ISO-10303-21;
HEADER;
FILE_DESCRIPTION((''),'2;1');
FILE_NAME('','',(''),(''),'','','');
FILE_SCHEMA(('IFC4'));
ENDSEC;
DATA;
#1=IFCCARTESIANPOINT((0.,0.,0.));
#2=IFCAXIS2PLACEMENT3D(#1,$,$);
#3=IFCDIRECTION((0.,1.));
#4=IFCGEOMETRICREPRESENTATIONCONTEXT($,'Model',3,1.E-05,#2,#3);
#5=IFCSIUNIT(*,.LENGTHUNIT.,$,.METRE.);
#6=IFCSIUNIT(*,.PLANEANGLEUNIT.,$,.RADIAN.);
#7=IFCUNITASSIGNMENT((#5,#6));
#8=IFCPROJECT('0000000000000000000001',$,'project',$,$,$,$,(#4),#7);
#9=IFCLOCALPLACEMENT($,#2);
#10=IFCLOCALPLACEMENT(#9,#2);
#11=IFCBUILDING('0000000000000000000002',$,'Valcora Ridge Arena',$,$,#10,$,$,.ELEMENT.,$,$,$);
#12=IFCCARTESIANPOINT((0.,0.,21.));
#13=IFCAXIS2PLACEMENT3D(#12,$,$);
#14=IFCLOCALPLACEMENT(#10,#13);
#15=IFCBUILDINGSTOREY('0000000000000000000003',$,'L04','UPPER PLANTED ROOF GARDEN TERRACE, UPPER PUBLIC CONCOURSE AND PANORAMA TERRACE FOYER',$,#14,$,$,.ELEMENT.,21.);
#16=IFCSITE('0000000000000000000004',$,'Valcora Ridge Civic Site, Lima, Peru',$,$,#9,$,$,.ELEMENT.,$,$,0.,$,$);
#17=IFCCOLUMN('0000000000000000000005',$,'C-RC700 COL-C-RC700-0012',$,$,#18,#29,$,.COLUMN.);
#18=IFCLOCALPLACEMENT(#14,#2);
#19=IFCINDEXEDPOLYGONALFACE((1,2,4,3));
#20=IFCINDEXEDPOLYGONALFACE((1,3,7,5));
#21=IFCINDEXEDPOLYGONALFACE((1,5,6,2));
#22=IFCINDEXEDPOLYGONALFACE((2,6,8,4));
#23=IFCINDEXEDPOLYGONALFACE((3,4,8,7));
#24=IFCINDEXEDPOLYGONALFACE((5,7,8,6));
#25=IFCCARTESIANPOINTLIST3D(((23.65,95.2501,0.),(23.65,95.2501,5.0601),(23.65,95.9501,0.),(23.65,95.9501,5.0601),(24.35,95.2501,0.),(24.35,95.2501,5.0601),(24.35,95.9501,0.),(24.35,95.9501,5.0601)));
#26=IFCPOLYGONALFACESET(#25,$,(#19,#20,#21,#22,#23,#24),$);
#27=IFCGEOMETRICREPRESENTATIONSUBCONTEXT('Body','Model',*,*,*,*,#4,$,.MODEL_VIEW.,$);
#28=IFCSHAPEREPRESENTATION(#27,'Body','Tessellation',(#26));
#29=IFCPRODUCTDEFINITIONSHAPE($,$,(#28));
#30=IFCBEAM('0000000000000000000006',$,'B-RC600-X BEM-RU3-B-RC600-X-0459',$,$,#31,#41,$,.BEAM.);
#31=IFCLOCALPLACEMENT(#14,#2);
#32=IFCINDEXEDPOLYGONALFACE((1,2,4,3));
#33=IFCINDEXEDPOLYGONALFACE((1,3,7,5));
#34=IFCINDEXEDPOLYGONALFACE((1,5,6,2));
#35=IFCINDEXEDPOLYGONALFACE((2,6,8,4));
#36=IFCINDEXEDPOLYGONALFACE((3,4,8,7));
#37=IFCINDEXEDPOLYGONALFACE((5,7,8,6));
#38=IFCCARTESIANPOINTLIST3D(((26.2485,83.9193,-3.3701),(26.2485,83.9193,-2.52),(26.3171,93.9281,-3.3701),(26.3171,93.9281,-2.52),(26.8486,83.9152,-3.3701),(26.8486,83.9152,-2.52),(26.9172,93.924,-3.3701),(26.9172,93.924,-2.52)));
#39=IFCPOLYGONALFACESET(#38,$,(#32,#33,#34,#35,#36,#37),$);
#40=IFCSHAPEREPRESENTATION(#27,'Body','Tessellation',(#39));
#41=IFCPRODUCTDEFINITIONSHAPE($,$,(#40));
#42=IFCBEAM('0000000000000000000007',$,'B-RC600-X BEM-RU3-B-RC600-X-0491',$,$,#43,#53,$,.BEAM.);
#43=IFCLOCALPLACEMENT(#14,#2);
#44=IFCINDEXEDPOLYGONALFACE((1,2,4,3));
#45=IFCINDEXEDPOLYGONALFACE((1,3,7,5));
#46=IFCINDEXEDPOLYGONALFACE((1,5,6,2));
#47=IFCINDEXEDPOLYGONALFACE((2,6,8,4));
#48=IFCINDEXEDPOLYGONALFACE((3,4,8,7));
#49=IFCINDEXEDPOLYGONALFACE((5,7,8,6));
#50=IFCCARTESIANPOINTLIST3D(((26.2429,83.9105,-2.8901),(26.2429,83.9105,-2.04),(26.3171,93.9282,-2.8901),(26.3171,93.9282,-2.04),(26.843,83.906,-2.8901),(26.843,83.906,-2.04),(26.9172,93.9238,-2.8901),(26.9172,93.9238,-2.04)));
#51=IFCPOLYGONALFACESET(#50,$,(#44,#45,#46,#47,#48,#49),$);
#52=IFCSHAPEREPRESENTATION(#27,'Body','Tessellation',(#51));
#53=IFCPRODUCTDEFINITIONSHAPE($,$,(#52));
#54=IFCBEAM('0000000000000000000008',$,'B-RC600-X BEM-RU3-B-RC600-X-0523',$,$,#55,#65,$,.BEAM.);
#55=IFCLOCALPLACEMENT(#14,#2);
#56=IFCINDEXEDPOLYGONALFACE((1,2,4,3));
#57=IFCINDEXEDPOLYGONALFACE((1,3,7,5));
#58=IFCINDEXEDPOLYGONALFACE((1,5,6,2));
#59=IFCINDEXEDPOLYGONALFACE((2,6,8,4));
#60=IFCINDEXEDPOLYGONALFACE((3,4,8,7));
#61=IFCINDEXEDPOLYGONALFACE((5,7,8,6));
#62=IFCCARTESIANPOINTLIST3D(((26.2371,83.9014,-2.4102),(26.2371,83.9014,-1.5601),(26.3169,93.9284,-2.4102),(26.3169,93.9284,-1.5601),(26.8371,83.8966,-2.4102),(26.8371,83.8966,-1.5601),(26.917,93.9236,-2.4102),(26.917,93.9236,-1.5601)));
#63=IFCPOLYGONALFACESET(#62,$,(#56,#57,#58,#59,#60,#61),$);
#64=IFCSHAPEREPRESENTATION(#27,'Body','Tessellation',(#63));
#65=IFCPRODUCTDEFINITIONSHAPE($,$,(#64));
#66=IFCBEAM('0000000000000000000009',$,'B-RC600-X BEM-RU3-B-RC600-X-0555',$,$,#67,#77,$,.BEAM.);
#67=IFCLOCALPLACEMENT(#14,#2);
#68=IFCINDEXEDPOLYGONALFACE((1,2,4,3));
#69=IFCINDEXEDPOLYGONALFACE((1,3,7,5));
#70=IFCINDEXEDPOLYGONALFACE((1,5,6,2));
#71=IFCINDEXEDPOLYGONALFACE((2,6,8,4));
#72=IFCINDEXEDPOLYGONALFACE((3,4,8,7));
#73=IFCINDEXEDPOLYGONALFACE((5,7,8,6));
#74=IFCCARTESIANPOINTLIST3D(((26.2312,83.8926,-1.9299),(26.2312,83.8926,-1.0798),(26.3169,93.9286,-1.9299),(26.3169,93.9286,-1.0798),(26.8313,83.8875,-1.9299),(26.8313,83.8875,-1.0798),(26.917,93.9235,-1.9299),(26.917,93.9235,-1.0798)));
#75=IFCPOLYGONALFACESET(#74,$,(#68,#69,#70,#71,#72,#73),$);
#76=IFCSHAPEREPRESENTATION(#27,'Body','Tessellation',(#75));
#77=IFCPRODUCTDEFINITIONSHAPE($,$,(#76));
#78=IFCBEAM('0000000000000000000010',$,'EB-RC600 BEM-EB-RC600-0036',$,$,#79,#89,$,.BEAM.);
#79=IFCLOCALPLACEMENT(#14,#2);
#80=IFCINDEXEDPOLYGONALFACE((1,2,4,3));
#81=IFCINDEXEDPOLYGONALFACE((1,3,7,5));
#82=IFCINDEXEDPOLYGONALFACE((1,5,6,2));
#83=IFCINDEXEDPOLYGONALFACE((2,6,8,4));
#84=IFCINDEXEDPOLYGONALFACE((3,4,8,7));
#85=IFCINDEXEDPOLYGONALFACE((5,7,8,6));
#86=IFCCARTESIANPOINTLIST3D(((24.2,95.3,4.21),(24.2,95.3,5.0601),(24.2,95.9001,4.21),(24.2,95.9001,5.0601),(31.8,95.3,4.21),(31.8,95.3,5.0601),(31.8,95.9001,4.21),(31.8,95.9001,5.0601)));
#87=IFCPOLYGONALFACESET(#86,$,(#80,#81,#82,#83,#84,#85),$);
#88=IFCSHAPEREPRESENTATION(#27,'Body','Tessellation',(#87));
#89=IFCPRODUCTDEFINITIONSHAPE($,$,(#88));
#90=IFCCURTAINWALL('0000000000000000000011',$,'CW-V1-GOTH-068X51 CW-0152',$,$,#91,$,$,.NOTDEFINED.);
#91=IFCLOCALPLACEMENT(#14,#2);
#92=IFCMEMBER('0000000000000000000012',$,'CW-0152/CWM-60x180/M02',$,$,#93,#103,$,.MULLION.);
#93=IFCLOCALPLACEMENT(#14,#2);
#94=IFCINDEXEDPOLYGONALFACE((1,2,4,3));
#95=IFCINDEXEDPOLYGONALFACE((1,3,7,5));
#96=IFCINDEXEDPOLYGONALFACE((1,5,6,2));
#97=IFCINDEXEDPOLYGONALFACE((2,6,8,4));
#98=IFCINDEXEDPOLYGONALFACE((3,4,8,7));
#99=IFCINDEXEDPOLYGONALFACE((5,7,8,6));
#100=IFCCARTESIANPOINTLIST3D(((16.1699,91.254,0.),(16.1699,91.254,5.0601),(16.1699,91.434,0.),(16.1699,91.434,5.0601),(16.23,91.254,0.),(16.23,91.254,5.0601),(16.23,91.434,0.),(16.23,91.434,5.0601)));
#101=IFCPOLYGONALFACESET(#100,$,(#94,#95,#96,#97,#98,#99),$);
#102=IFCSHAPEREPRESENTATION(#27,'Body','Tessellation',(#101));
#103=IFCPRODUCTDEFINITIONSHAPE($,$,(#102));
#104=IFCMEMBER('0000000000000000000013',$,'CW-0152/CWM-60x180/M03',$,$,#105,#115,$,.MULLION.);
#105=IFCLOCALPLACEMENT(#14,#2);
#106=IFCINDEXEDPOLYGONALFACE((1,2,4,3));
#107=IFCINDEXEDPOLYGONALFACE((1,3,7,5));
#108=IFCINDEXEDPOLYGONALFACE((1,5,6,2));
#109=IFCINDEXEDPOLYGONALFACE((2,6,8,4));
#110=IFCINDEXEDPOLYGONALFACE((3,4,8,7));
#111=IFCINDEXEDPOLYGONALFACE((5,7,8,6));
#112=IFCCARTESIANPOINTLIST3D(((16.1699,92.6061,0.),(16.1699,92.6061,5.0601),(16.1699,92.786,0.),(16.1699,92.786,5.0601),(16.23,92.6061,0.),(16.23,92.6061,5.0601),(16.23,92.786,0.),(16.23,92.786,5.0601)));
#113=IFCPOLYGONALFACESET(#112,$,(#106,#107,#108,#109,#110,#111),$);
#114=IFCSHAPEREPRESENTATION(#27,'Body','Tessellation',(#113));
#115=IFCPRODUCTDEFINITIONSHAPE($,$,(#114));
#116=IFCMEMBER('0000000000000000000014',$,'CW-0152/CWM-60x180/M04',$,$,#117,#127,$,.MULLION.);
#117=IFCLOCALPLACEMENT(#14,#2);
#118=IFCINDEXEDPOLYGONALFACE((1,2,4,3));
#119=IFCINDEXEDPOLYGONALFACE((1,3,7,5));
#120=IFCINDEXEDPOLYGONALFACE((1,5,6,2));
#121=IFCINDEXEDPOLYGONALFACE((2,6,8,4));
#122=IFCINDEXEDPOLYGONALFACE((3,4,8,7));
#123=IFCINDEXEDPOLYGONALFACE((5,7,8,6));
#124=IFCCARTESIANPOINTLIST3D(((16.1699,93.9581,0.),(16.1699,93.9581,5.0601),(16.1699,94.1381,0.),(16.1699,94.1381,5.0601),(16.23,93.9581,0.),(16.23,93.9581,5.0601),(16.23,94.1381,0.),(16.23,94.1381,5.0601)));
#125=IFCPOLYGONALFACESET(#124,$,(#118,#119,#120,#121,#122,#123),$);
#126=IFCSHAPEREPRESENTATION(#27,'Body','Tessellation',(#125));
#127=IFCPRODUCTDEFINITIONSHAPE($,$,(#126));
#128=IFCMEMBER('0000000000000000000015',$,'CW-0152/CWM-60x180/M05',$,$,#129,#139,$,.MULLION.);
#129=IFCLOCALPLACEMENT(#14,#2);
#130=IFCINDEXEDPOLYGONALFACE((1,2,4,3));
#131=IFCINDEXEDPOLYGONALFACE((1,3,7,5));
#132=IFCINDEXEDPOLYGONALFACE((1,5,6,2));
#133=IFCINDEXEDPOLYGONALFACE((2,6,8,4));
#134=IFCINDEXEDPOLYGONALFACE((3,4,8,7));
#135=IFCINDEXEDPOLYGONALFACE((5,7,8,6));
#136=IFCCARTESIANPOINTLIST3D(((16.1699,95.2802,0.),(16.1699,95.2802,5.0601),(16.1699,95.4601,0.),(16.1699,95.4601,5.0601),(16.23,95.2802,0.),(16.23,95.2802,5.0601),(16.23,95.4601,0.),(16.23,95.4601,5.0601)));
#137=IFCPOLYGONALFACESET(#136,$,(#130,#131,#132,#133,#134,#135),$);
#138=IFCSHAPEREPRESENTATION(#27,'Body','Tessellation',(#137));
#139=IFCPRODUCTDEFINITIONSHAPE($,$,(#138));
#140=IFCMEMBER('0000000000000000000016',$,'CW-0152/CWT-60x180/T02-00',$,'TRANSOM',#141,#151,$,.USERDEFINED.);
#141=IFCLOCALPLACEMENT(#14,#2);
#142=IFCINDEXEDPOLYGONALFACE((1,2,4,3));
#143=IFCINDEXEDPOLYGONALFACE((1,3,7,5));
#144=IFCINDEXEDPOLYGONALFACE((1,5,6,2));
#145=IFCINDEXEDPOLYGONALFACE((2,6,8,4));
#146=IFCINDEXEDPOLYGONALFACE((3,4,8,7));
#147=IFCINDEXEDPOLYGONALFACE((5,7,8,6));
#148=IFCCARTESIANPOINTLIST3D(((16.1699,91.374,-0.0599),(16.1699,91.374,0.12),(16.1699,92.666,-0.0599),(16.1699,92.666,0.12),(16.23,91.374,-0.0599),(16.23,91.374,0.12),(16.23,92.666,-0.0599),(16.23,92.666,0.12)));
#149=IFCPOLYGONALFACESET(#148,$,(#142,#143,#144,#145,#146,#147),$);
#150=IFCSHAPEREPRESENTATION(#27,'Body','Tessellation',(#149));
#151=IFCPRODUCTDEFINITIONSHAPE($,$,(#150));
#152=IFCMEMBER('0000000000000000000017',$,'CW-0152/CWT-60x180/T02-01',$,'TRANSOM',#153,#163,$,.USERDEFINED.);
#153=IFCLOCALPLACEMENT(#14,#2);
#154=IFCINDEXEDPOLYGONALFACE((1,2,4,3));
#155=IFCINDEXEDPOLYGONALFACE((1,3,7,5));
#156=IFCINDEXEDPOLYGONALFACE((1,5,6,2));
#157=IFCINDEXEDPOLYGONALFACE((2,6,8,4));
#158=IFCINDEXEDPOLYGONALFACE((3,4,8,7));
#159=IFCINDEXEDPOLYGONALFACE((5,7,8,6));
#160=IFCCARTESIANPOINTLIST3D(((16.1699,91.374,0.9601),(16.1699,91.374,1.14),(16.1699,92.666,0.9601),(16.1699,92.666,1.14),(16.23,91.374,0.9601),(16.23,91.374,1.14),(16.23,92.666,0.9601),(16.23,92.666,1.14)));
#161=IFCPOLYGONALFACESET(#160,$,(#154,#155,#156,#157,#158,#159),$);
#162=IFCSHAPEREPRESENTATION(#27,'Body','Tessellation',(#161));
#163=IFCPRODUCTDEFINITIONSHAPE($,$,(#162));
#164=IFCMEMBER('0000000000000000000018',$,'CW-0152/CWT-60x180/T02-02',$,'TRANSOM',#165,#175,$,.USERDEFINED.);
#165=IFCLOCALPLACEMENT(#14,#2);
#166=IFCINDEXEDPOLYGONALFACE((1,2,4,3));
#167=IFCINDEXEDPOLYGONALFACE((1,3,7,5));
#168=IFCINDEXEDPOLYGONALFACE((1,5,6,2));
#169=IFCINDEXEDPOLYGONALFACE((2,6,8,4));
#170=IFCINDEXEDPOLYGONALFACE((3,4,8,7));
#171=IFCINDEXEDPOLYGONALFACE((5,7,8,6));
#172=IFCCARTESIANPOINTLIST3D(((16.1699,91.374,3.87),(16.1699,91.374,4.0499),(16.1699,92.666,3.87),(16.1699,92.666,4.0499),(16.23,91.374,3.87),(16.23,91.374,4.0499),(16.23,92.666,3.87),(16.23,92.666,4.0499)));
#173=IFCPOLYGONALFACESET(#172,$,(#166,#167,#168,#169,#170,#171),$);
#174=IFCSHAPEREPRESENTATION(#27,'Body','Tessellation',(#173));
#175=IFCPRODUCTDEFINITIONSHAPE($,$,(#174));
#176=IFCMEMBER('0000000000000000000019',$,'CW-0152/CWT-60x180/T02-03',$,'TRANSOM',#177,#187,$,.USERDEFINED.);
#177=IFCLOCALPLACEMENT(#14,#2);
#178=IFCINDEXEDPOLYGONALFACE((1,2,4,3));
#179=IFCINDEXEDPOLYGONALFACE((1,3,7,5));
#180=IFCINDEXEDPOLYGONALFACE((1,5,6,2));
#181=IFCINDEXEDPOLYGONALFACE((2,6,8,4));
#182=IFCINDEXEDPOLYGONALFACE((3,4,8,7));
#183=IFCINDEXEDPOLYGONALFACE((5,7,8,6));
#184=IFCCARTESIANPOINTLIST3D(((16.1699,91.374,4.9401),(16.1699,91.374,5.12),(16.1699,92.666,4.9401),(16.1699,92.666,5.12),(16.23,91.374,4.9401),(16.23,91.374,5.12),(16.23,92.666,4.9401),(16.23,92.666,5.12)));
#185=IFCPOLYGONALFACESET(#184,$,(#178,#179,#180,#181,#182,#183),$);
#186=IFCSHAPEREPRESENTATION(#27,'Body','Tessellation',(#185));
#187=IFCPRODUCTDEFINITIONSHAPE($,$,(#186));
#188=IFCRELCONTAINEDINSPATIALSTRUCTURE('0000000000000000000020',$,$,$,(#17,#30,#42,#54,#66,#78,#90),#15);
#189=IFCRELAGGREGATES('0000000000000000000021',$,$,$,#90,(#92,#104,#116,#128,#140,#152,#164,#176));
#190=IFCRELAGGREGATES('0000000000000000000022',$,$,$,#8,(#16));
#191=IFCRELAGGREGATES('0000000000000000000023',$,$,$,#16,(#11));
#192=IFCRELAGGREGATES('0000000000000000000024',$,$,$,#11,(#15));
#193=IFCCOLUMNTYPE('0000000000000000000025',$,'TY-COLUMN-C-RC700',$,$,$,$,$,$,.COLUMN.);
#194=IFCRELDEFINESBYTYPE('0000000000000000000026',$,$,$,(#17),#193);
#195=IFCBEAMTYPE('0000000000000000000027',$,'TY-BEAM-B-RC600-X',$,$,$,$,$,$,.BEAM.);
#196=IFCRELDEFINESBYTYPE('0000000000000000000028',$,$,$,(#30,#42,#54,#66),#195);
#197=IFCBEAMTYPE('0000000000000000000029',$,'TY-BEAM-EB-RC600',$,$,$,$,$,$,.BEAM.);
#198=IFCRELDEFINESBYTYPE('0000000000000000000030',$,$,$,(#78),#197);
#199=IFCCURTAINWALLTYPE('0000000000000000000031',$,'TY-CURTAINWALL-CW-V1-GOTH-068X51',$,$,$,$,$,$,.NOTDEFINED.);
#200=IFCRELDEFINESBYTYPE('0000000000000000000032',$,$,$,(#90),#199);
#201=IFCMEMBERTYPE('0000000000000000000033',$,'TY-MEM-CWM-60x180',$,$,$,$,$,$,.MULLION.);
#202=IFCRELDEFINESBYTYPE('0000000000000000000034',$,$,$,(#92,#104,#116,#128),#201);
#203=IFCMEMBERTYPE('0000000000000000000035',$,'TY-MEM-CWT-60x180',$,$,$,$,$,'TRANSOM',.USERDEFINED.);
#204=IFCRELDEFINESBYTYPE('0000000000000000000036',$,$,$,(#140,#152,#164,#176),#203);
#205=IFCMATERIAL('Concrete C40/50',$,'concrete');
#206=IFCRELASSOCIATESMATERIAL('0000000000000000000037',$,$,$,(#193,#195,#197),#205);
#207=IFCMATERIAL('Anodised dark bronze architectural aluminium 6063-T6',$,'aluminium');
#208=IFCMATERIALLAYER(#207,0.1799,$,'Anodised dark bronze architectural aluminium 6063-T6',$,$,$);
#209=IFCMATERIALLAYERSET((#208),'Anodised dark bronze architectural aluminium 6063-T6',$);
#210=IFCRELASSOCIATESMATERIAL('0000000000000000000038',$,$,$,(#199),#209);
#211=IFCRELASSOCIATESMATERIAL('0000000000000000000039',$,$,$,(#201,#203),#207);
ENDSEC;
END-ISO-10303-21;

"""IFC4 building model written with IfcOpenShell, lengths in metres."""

from ifc_helpers import new_model, si_unit, direction, frame, origin, origin_2d, place, context, subcontext, project, spatial, rectangle, extrude, material, layer, layer_set, material_profile, profile_set, type_object, element, aggregate, save


model = new_model("IFC4")

# Units and contexts
model_context = context("Model", 3, precision=1e-05, world=origin(), true_north=direction((0.0, 1.0)))
body_context = subcontext(model_context, "Body", "Model", "MODEL_VIEW")
ifc_project = project(units=[si_unit("LENGTHUNIT", "METRE"), si_unit("PLANEANGLEUNIT", "RADIAN")], contexts=[model_context])

# Site, building, storey
site_placement = place(None, origin())
site = spatial("IfcSite", under=ifc_project, at=site_placement, Name="Valcora Ridge Civic Site, Lima, Peru", CompositionType="ELEMENT", RefElevation=0.0)
building_placement = place(site_placement, origin())
building = spatial("IfcBuilding", under=site, at=building_placement, Name="Valcora Ridge Arena", CompositionType="ELEMENT")
storey_placement = place(building_placement, frame((0.0, 0.0, 21.0)))
storey = spatial("IfcBuildingStorey", under=building, at=storey_placement, Name="L04", Description="UPPER PLANTED ROOF GARDEN TERRACE, UPPER PUBLIC CONCOURSE AND PANORAMA TERRACE FOYER", CompositionType="ELEMENT", Elevation=21.0)

# Column
ifc_material_1 = material(Name="Concrete C40/50", Category="concrete")
ifc_material_profile_1 = material_profile(ifc_material_1, rectangle(XDim=0.7, YDim=0.7, at=origin_2d()), Name="RC 700x700")
ifc_profile_set_1 = profile_set([ifc_material_profile_1], Name="Concrete C40/50")
column_type = type_object("IfcColumnType", Name="TY-COLUMN-C-RC700", PredefinedType="COLUMN", material=ifc_profile_set_1)
column_placement = place(storey_placement, frame((24.0, 95.6001, 0.0), z_axis=(0.0, 0.0, 1.0), x_axis=(1.0, 0.0, 0.0)))
element("IfcColumn", 1, at=column_placement, inside=storey, type_object=column_type, Name="C-RC700 COL-C-RC700-0012", PredefinedType="COLUMN", context=body_context, shape_type="SweptSolid", body=[
    extrude(rectangle(XDim=0.7, YDim=0.7, at=origin_2d()), origin(), (0.0, 0.0, 1.0), 5.0601),
])

# Beams
ifc_material_profile_2 = material_profile(ifc_material_1, rectangle(XDim=0.6001, YDim=0.8501, at=origin_2d()), Name="RC 600x850")
ifc_profile_set_2 = profile_set([ifc_material_profile_2], Name="Concrete C40/50")
beam_type_1 = type_object("IfcBeamType", Name="TY-BEAM-B-RC600-X", PredefinedType="BEAM", material=ifc_profile_set_2)
beam_1_placement = place(storey_placement, frame((26.6172, 93.926, -2.9451), z_axis=(-0.006854, -0.999977, 0.0), x_axis=(0.999977, -0.006854, 0.0)))
element("IfcBeam", 2, at=beam_1_placement, inside=storey, type_object=beam_type_1, Name="B-RC600-X BEM-RU3-B-RC600-X-0459", PredefinedType="BEAM", context=body_context, shape_type="SweptSolid", body=[
    extrude(rectangle(XDim=0.6001, YDim=0.8501, at=origin_2d()), origin(), (0.0, 0.0, 1.0), 10.009),
])
beam_2_placement = place(storey_placement, frame((26.6172, 93.926, -2.4651), z_axis=(-0.007408, -0.999973, 0.0), x_axis=(0.999973, -0.007408, 0.0)))
element("IfcBeam", 3, at=beam_2_placement, inside=storey, type_object=beam_type_1, Name="B-RC600-X BEM-RU3-B-RC600-X-0491", PredefinedType="BEAM", context=body_context, shape_type="SweptSolid", body=[
    extrude(rectangle(XDim=0.6001, YDim=0.8501, at=origin_2d()), origin(), (0.0, 0.0, 1.0), 10.0181),
])
beam_3_placement = place(storey_placement, frame((26.6169, 93.926, -1.9851), z_axis=(-0.007962, -0.999968, 0.0), x_axis=(0.999968, -0.007962, 0.0)))
element("IfcBeam", 4, at=beam_3_placement, inside=storey, type_object=beam_type_1, Name="B-RC600-X BEM-RU3-B-RC600-X-0523", PredefinedType="BEAM", context=body_context, shape_type="SweptSolid", body=[
    extrude(rectangle(XDim=0.6001, YDim=0.8501, at=origin_2d()), origin(), (0.0, 0.0, 1.0), 10.0273),
])
beam_4_placement = place(storey_placement, frame((26.6169, 93.926, -1.5049), z_axis=(-0.008538, -0.999964, 0.0), x_axis=(0.999964, -0.008538, 0.0)))
element("IfcBeam", 5, at=beam_4_placement, inside=storey, type_object=beam_type_1, Name="B-RC600-X BEM-RU3-B-RC600-X-0555", PredefinedType="BEAM", context=body_context, shape_type="SweptSolid", body=[
    extrude(rectangle(XDim=0.6001, YDim=0.8501, at=origin_2d()), origin(), (0.0, 0.0, 1.0), 10.0364),
])
ifc_material_profile_3 = material_profile(ifc_material_1, rectangle(XDim=0.6001, YDim=0.8501, at=origin_2d()), Name="RC 600x850")
ifc_profile_set_3 = profile_set([ifc_material_profile_3], Name="Concrete C40/50")
beam_type_2 = type_object("IfcBeamType", Name="TY-BEAM-EB-RC600", PredefinedType="BEAM", material=ifc_profile_set_3)
beam_5_placement = place(storey_placement, frame((24.2, 95.6001, 4.635), z_axis=(1.0, 0.0, 0.0), x_axis=(0.0, 1.0, 0.0)))
element("IfcBeam", 6, at=beam_5_placement, inside=storey, type_object=beam_type_2, Name="EB-RC600 BEM-EB-RC600-0036", PredefinedType="BEAM", context=body_context, shape_type="SweptSolid", body=[
    extrude(rectangle(XDim=0.6001, YDim=0.8501, at=origin_2d()), origin(), (0.0, 0.0, 1.0), 7.6001),
])

# Curtain wall, members
ifc_material_2 = material(Name="Anodised dark bronze architectural aluminium 6063-T6", Category="aluminium")
ifc_layer_1 = layer(ifc_material_2, 0.1799, Name="Anodised dark bronze architectural aluminium 6063-T6")
ifc_layer_set_1 = layer_set([ifc_layer_1], Name="Anodised dark bronze architectural aluminium 6063-T6")
curtain_wall_type = type_object("IfcCurtainWallType", Name="TY-CURTAINWALL-CW-V1-GOTH-068X51", PredefinedType="NOTDEFINED", material=ifc_layer_set_1)
curtain_wall_placement = place(storey_placement, origin())
curtain_wall = element("IfcCurtainWall", 7, at=curtain_wall_placement, inside=storey, type_object=curtain_wall_type, Name="CW-V1-GOTH-068X51 CW-0152", PredefinedType="NOTDEFINED")
ifc_material_profile_4 = material_profile(ifc_material_2, rectangle(XDim=0.0601, YDim=0.1799, at=origin_2d()), Name="ALU MULLION 60x180")
ifc_profile_set_4 = profile_set([ifc_material_profile_4], Name="Anodised dark bronze architectural aluminium 6063-T6")
member_type_1 = type_object("IfcMemberType", Name="TY-MEM-CWM-60x180", PredefinedType="MULLION", material=ifc_profile_set_4)
member_1_placement = place(storey_placement, frame((16.2, 91.344, 0.0), z_axis=(0.0, 0.0, 1.0), x_axis=(-1.0, 0.0, 0.0)))
member_1 = element("IfcMember", 8, at=member_1_placement, type_object=member_type_1, Name="CW-0152/CWM-60x180/M02", PredefinedType="MULLION", context=body_context, shape_type="SweptSolid", body=[
    extrude(rectangle(XDim=0.0601, YDim=0.1799, at=origin_2d()), origin(), (0.0, 0.0, 1.0), 5.0601),
])
member_2_placement = place(storey_placement, frame((16.2, 92.696, 0.0), z_axis=(0.0, 0.0, 1.0), x_axis=(-1.0, 0.0, 0.0)))
member_2 = element("IfcMember", 9, at=member_2_placement, type_object=member_type_1, Name="CW-0152/CWM-60x180/M03", PredefinedType="MULLION", context=body_context, shape_type="SweptSolid", body=[
    extrude(rectangle(XDim=0.0601, YDim=0.1799, at=origin_2d()), origin(), (0.0, 0.0, 1.0), 5.0601),
])
member_3_placement = place(storey_placement, frame((16.2, 94.0481, 0.0), z_axis=(0.0, 0.0, 1.0), x_axis=(-1.0, 0.0, 0.0)))
member_3 = element("IfcMember", 10, at=member_3_placement, type_object=member_type_1, Name="CW-0152/CWM-60x180/M04", PredefinedType="MULLION", context=body_context, shape_type="SweptSolid", body=[
    extrude(rectangle(XDim=0.0601, YDim=0.1799, at=origin_2d()), origin(), (0.0, 0.0, 1.0), 5.0601),
])
member_4_placement = place(storey_placement, frame((16.2, 95.3701, 0.0), z_axis=(0.0, 0.0, 1.0), x_axis=(-1.0, 0.0, 0.0)))
member_4 = element("IfcMember", 11, at=member_4_placement, type_object=member_type_1, Name="CW-0152/CWM-60x180/M05", PredefinedType="MULLION", context=body_context, shape_type="SweptSolid", body=[
    extrude(rectangle(XDim=0.0601, YDim=0.1799, at=origin_2d()), origin(), (0.0, 0.0, 1.0), 5.0601),
])
ifc_material_profile_5 = material_profile(ifc_material_2, rectangle(XDim=0.0601, YDim=0.1799, at=origin_2d()), Name="ALU TRANSOM 60x180")
ifc_profile_set_5 = profile_set([ifc_material_profile_5], Name="Anodised dark bronze architectural aluminium 6063-T6")
member_type_2 = type_object("IfcMemberType", Name="TY-MEM-CWT-60x180", ElementType="TRANSOM", PredefinedType="USERDEFINED", material=ifc_profile_set_5)
member_5_placement = place(storey_placement, frame((16.2, 91.374, 0.03), z_axis=(0.0, 1.0, 0.0), x_axis=(-1.0, 0.0, 0.0)))
member_5 = element("IfcMember", 12, at=member_5_placement, type_object=member_type_2, Name="CW-0152/CWT-60x180/T02-00", ObjectType="TRANSOM", PredefinedType="USERDEFINED", context=body_context, shape_type="SweptSolid", body=[
    extrude(rectangle(XDim=0.0601, YDim=0.1799, at=origin_2d()), origin(), (0.0, 0.0, 1.0), 1.292),
])
member_6_placement = place(storey_placement, frame((16.2, 91.374, 1.05), z_axis=(0.0, 1.0, 0.0), x_axis=(-1.0, 0.0, 0.0)))
member_6 = element("IfcMember", 13, at=member_6_placement, type_object=member_type_2, Name="CW-0152/CWT-60x180/T02-01", ObjectType="TRANSOM", PredefinedType="USERDEFINED", context=body_context, shape_type="SweptSolid", body=[
    extrude(rectangle(XDim=0.0601, YDim=0.1799, at=origin_2d()), origin(), (0.0, 0.0, 1.0), 1.292),
])
member_7_placement = place(storey_placement, frame((16.2, 91.374, 3.96), z_axis=(0.0, 1.0, 0.0), x_axis=(-1.0, 0.0, 0.0)))
member_7 = element("IfcMember", 14, at=member_7_placement, type_object=member_type_2, Name="CW-0152/CWT-60x180/T02-02", ObjectType="TRANSOM", PredefinedType="USERDEFINED", context=body_context, shape_type="SweptSolid", body=[
    extrude(rectangle(XDim=0.0601, YDim=0.1799, at=origin_2d()), origin(), (0.0, 0.0, 1.0), 1.292),
])
member_8_placement = place(storey_placement, frame((16.2, 91.374, 5.03), z_axis=(0.0, 1.0, 0.0), x_axis=(-1.0, 0.0, 0.0)))
member_8 = element("IfcMember", 15, at=member_8_placement, type_object=member_type_2, Name="CW-0152/CWT-60x180/T02-03", ObjectType="TRANSOM", PredefinedType="USERDEFINED", context=body_context, shape_type="SweptSolid", body=[
    extrude(rectangle(XDim=0.0601, YDim=0.1799, at=origin_2d()), origin(), (0.0, 0.0, 1.0), 1.292),
])
aggregate(curtain_wall, [member_1, member_2, member_3, member_4, member_5, member_6, member_7, member_8])

save(model, "model.ifc")
